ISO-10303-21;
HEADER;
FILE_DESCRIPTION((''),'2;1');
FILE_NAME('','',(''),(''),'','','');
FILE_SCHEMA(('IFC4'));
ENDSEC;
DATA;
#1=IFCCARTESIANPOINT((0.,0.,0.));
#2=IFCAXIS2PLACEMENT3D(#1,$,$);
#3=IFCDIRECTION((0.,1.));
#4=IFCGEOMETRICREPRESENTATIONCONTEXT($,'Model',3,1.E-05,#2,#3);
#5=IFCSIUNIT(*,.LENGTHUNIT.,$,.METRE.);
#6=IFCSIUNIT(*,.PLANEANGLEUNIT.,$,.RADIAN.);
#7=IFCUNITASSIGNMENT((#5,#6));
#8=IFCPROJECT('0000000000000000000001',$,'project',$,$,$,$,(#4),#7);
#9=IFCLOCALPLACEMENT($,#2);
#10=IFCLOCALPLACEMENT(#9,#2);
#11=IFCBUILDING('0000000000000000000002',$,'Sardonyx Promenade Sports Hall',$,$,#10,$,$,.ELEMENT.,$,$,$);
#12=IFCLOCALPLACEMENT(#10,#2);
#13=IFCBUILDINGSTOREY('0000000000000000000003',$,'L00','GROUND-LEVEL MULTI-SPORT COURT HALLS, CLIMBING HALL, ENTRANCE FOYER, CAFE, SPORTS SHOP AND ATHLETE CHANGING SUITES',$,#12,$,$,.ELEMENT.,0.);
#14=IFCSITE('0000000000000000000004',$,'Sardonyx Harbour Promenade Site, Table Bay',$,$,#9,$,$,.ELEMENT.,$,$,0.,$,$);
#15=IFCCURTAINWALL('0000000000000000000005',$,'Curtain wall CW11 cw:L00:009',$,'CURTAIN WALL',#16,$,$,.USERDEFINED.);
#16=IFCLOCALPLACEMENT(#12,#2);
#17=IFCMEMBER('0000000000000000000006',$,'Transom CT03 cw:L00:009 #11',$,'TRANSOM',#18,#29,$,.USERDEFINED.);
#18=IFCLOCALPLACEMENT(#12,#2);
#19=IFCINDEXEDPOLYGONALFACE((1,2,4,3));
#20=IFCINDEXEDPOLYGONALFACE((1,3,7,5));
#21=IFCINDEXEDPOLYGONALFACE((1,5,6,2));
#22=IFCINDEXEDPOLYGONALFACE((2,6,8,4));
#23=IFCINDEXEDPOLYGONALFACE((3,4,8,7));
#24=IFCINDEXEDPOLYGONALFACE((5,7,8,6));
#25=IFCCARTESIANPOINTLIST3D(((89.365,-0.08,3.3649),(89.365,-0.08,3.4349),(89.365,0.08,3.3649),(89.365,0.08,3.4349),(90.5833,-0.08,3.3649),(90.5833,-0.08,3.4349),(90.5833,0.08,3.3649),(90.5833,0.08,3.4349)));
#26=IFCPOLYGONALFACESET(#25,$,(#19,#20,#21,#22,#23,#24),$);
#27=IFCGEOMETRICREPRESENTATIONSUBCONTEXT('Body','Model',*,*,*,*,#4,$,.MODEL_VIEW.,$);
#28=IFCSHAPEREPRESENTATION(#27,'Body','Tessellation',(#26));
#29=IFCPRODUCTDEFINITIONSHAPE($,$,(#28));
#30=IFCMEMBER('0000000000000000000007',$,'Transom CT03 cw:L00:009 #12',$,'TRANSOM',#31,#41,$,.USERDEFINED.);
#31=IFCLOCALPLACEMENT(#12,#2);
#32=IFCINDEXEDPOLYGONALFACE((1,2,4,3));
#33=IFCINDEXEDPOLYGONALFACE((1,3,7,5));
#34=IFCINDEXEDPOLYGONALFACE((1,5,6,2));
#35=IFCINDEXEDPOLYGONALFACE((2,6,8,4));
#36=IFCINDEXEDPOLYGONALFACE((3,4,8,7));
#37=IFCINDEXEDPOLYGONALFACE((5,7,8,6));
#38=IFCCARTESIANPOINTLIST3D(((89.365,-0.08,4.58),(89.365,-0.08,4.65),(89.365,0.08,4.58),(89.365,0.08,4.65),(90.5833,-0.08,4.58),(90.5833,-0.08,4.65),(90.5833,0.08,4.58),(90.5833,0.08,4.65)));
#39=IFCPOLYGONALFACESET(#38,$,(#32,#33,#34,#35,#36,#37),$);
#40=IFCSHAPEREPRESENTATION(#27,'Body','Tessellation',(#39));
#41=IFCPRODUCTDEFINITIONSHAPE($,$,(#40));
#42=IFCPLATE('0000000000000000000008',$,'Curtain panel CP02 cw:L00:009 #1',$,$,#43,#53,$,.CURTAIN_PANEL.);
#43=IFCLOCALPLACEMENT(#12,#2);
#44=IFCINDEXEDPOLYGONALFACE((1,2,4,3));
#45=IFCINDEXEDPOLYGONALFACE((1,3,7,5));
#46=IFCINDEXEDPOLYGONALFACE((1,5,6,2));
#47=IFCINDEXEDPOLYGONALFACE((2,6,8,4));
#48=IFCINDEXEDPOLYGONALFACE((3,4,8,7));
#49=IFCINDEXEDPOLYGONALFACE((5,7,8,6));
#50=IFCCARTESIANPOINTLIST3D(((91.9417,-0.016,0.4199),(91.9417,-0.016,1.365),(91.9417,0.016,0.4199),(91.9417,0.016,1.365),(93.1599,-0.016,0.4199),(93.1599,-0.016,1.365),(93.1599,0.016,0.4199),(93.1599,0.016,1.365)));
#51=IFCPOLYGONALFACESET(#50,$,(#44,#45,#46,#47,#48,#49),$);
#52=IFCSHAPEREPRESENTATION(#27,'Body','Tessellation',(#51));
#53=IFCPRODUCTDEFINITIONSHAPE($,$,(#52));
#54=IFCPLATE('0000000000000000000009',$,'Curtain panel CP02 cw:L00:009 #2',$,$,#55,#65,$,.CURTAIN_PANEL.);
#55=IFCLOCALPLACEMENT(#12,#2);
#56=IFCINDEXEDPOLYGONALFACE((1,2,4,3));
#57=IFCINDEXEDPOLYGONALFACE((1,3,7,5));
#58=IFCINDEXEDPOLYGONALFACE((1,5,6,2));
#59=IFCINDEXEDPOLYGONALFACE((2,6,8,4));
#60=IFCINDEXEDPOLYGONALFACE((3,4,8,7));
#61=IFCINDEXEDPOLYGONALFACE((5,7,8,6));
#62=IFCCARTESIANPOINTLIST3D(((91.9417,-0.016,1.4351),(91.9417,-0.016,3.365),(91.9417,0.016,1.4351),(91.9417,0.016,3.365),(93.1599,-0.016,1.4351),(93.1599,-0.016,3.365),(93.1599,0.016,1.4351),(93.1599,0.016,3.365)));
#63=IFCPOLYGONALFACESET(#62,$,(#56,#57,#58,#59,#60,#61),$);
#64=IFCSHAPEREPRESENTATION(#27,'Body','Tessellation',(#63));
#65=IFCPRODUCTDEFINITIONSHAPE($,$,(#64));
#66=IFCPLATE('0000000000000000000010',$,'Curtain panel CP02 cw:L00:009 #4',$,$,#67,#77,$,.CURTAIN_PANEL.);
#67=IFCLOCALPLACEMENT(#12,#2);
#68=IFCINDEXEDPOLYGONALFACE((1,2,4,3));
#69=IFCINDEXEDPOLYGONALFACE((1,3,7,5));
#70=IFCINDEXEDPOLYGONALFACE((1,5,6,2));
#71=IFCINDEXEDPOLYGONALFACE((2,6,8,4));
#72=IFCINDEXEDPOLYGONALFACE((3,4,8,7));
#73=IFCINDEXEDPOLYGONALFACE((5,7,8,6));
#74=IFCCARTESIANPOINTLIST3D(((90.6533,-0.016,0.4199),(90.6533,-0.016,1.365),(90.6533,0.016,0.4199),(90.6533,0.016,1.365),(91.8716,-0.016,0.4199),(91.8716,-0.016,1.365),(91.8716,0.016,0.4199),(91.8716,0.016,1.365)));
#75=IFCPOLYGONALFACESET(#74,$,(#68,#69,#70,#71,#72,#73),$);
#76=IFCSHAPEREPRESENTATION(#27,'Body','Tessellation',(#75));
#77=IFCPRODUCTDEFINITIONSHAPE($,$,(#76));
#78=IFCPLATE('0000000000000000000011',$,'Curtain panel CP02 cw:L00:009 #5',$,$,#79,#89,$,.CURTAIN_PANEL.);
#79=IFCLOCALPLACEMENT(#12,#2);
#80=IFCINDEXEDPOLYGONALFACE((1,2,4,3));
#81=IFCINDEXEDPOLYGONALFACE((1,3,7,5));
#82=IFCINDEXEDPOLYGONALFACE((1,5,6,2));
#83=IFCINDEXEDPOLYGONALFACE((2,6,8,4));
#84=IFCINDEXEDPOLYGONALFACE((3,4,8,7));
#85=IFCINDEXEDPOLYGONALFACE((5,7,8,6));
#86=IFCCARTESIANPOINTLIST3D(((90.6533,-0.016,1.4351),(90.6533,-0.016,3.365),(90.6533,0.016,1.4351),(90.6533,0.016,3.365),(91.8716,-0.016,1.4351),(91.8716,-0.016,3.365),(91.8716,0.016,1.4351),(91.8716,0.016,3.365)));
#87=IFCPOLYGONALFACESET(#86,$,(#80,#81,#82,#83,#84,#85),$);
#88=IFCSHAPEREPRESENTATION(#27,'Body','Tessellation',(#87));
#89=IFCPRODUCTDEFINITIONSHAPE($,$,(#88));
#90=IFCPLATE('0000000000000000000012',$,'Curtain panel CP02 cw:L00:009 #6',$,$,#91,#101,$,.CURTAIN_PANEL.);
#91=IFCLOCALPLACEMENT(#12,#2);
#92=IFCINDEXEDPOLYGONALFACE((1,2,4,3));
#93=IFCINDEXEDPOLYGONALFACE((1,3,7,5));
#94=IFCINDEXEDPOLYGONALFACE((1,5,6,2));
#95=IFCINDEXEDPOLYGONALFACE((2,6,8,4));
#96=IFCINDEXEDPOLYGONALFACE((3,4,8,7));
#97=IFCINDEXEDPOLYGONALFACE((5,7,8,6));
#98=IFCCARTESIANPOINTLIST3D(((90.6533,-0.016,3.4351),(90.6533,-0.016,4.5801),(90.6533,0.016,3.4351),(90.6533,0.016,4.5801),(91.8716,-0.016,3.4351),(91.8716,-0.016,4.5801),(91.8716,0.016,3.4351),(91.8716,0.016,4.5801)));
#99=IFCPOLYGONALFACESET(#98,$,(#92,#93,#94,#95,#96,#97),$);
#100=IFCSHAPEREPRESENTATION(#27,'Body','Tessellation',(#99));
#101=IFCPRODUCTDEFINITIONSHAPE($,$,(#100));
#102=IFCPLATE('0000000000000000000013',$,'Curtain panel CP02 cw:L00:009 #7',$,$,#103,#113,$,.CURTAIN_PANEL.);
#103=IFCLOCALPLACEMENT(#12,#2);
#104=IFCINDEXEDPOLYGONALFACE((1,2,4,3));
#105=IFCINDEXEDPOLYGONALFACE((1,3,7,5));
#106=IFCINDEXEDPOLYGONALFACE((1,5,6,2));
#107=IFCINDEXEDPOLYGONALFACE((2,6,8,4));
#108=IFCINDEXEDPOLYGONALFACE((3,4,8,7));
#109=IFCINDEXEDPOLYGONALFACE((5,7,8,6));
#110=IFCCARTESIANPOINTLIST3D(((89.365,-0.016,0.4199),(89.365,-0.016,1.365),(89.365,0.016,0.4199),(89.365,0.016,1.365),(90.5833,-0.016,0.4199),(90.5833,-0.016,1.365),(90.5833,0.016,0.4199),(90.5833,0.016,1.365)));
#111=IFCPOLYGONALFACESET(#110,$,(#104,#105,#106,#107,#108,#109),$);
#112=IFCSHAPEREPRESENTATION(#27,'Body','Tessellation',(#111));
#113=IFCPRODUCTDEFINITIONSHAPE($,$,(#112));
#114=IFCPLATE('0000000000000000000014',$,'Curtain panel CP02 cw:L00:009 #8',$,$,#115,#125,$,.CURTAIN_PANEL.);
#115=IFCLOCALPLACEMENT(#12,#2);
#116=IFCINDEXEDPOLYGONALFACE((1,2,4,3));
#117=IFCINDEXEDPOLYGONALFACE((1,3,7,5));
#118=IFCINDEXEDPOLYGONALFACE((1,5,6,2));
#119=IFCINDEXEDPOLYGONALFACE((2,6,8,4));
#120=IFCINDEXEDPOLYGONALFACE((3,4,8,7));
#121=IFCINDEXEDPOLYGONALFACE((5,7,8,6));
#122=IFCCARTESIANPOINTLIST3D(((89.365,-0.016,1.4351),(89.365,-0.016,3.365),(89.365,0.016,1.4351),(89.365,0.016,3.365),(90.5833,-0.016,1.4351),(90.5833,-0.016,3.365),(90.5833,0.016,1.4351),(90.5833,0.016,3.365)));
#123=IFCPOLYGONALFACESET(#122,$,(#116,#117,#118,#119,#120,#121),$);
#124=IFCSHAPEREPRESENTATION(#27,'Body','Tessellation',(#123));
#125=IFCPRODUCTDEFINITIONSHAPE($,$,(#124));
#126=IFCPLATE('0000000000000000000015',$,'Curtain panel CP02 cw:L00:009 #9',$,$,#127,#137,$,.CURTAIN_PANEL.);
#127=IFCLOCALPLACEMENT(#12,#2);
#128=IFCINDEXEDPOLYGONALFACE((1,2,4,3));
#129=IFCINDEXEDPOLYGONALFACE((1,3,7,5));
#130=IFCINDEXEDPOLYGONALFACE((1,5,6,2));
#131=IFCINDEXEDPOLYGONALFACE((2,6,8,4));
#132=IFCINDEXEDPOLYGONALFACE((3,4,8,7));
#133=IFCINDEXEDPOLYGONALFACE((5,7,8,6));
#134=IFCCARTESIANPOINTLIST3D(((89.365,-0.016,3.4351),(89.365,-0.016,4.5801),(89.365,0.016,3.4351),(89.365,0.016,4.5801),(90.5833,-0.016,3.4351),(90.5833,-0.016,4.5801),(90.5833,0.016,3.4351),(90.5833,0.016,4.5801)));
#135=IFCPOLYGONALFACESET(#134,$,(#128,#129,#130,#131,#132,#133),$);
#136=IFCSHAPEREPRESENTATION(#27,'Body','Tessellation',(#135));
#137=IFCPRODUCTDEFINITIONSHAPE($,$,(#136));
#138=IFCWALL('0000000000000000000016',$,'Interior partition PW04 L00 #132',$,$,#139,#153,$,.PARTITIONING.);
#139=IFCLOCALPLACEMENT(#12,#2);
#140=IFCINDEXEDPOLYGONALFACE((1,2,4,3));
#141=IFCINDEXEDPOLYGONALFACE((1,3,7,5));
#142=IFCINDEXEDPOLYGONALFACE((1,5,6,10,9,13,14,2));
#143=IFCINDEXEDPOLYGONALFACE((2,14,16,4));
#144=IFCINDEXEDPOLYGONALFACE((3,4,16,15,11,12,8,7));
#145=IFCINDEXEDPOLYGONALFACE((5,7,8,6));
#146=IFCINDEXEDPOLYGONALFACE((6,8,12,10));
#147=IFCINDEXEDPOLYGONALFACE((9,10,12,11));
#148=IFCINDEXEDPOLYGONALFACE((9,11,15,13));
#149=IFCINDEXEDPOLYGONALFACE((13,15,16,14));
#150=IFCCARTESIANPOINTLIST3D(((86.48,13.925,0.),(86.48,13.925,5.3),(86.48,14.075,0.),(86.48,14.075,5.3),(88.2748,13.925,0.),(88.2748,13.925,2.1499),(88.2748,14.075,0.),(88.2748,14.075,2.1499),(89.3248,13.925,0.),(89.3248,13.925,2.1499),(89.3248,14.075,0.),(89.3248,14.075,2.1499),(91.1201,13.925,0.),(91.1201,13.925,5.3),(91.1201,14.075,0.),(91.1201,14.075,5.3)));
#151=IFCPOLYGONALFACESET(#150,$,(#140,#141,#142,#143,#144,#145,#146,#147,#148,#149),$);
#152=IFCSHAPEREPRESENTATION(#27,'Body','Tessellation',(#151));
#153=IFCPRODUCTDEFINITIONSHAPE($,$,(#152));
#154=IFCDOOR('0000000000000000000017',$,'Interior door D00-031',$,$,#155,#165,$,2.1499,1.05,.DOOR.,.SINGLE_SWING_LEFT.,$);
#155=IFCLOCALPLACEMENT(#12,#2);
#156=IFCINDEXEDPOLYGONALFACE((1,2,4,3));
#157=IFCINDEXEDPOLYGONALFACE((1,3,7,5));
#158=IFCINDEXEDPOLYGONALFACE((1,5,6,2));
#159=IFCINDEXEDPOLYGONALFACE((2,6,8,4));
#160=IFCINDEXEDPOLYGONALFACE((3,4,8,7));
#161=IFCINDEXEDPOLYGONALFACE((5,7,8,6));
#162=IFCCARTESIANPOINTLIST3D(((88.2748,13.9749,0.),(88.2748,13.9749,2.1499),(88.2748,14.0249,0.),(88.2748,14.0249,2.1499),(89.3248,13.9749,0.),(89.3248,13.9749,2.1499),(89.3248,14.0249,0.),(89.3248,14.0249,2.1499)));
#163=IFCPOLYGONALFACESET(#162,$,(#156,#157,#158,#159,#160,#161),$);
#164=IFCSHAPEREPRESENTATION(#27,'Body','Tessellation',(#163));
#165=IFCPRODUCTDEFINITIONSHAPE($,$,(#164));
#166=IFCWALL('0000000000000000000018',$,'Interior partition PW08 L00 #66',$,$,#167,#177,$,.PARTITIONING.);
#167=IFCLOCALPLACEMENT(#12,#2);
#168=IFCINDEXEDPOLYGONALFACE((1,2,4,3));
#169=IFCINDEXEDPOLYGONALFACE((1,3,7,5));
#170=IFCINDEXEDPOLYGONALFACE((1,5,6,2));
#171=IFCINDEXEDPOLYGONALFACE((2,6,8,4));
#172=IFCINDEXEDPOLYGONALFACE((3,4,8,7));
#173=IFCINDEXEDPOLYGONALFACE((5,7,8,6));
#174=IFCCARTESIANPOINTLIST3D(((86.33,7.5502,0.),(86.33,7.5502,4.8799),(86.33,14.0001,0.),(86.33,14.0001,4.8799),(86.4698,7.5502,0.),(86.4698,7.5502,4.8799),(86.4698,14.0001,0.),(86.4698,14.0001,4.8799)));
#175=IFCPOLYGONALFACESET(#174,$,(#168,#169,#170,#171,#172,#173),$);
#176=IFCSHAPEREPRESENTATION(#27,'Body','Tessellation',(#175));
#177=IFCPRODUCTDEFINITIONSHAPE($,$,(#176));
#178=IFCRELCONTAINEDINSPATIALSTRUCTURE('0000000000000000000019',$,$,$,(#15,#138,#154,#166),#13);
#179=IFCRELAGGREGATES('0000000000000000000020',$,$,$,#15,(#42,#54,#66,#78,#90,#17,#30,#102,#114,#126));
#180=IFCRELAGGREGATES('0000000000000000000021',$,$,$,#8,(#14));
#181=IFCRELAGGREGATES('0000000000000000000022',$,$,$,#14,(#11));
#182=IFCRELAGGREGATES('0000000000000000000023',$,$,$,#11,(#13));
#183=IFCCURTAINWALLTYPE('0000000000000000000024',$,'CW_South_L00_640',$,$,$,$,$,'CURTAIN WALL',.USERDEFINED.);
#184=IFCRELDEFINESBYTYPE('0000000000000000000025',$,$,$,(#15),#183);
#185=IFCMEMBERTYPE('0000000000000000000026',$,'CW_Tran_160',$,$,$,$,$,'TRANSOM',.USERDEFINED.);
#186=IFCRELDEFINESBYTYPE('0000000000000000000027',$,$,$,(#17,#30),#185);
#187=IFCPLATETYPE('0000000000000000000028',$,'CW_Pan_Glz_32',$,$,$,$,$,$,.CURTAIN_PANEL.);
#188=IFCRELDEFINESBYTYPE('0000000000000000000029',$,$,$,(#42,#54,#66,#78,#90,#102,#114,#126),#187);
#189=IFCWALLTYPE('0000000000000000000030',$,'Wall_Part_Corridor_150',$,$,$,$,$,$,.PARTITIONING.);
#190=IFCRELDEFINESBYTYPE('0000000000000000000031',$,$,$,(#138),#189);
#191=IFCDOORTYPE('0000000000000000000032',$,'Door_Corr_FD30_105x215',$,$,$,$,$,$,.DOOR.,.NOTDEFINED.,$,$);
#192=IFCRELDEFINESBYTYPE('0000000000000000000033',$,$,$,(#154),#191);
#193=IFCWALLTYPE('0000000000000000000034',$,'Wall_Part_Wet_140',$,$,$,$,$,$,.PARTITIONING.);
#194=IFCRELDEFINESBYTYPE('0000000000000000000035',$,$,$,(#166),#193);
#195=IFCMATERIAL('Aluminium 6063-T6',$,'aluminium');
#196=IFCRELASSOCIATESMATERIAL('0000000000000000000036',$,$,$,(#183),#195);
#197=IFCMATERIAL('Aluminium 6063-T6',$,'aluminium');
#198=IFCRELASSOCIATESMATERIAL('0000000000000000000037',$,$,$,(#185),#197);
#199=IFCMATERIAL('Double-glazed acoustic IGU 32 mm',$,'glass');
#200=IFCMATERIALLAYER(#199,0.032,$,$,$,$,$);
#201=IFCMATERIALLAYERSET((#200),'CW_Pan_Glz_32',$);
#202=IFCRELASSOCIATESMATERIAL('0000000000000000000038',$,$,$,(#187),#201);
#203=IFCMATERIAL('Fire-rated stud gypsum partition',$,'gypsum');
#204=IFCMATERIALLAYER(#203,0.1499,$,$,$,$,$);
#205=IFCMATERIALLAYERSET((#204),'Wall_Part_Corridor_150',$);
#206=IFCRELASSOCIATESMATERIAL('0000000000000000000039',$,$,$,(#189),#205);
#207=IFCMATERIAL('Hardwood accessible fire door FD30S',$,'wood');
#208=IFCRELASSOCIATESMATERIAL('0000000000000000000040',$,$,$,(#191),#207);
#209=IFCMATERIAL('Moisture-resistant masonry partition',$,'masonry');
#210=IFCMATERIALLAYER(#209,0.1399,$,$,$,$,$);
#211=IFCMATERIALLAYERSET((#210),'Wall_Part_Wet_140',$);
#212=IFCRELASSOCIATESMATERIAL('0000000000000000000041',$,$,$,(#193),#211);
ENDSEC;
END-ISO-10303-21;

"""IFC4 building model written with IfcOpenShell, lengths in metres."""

from ifc_helpers import new_model, si_unit, direction, frame, frame_2d, origin, origin_2d, place, context, subcontext, project, spatial, rectangle, extrude, material, layer, layer_set, material_profile, profile_set, type_object, element, fill, aggregate, save


model = new_model("IFC4")

# Units and contexts
model_context = context("Model", 3, precision=1e-05, world=origin(), true_north=direction((0.0, 1.0)))
body_context = subcontext(model_context, "Body", "Model", "MODEL_VIEW")
ifc_project = project(units=[si_unit("LENGTHUNIT", "METRE"), si_unit("PLANEANGLEUNIT", "RADIAN")], contexts=[model_context])

# Site, building, storey
site_placement = place(None, origin())
site = spatial("IfcSite", under=ifc_project, at=site_placement, Name="Sardonyx Harbour Promenade Site, Table Bay", CompositionType="ELEMENT", RefElevation=0.0)
building_placement = place(site_placement, origin())
building = spatial("IfcBuilding", under=site, at=building_placement, Name="Sardonyx Promenade Sports Hall", CompositionType="ELEMENT")
storey_placement = place(building_placement, origin())
storey = spatial("IfcBuildingStorey", under=building, at=storey_placement, Name="L00", Description="GROUND-LEVEL MULTI-SPORT COURT HALLS, CLIMBING HALL, ENTRANCE FOYER, CAFE, SPORTS SHOP AND ATHLETE CHANGING SUITES", CompositionType="ELEMENT", Elevation=0.0)

# Curtain wall, members, plates
ifc_material_1 = material(Name="Aluminium 6063-T6", Category="aluminium")
curtain_wall_type = type_object("IfcCurtainWallType", Name="CW_South_L00_640", ElementType="CURTAIN WALL", PredefinedType="USERDEFINED", material=ifc_material_1)
curtain_wall_placement = place(storey_placement, origin())
curtain_wall = element("IfcCurtainWall", 1, at=curtain_wall_placement, inside=storey, type_object=curtain_wall_type, Name="Curtain wall CW11 cw:L00:009", ObjectType="CURTAIN WALL", PredefinedType="USERDEFINED")
ifc_material_2 = material(Name="Aluminium 6063-T6", Category="aluminium")
ifc_material_profile_1 = material_profile(ifc_material_2, rectangle(XDim=0.0701, YDim=0.1599, at=origin_2d()))
ifc_profile_set_1 = profile_set([ifc_material_profile_1], Name="Aluminium 6063-T6")
member_type_1 = type_object("IfcMemberType", Name="CW_Tran_160", ElementType="TRANSOM", PredefinedType="USERDEFINED", material=ifc_profile_set_1)
member_1_placement = place(storey_placement, frame((90.5833, 0.0, 3.3999), z_axis=(-1.0, 0.0, 0.0), x_axis=(0.0, 0.0, 1.0)))
member_1 = element("IfcMember", 2, at=member_1_placement, type_object=member_type_1, Name="Transom CT03 cw:L00:009 #11", ObjectType="TRANSOM", PredefinedType="USERDEFINED", context=body_context, shape_type="SweptSolid", body=[
    extrude(rectangle(XDim=0.0701, YDim=0.1599, at=origin_2d()), origin(), (0.0, 0.0, 1.0), 1.2183),
])
member_2_placement = place(storey_placement, frame((90.5833, 0.0, 4.615), z_axis=(-1.0, 0.0, 0.0), x_axis=(0.0, 0.0, 1.0)))
member_2 = element("IfcMember", 3, at=member_2_placement, type_object=member_type_1, Name="Transom CT03 cw:L00:009 #12", ObjectType="TRANSOM", PredefinedType="USERDEFINED", context=body_context, shape_type="SweptSolid", body=[
    extrude(rectangle(XDim=0.0701, YDim=0.1599, at=origin_2d()), origin(), (0.0, 0.0, 1.0), 1.2183),
])
ifc_material_3 = material(Name="Double-glazed acoustic IGU 32 mm", Category="glass")
ifc_layer_1 = layer(ifc_material_3, 0.032)
ifc_layer_set_1 = layer_set([ifc_layer_1], Name="CW_Pan_Glz_32")
plate_type = type_object("IfcPlateType", Name="CW_Pan_Glz_32", PredefinedType="CURTAIN_PANEL", material=ifc_layer_set_1)
plate_1_placement = place(storey_placement, frame((92.5508, 0.0, 0.4199), z_axis=(0.0, 0.0, 1.0), x_axis=(-1.0, 0.0, 0.0)))
plate_1 = element("IfcPlate", 4, at=plate_1_placement, type_object=plate_type, Name="Curtain panel CP02 cw:L00:009 #1", PredefinedType="CURTAIN_PANEL", context=body_context, shape_type="SweptSolid", body=[
    extrude(rectangle(XDim=1.2183, YDim=0.032, at=origin_2d()), origin(), (0.0, 0.0, 1.0), 0.9451),
])
plate_2_placement = place(storey_placement, frame((92.5508, 0.0, 1.4351), z_axis=(0.0, 0.0, 1.0), x_axis=(-1.0, 0.0, 0.0)))
plate_2 = element("IfcPlate", 5, at=plate_2_placement, type_object=plate_type, Name="Curtain panel CP02 cw:L00:009 #2", PredefinedType="CURTAIN_PANEL", context=body_context, shape_type="SweptSolid", body=[
    extrude(rectangle(XDim=1.2183, YDim=0.032, at=origin_2d()), origin(), (0.0, 0.0, 1.0), 1.9299),
])
plate_3_placement = place(storey_placement, frame((91.2625, 0.0, 0.4199), z_axis=(0.0, 0.0, 1.0), x_axis=(-1.0, 0.0, 0.0)))
plate_3 = element("IfcPlate", 6, at=plate_3_placement, type_object=plate_type, Name="Curtain panel CP02 cw:L00:009 #4", PredefinedType="CURTAIN_PANEL", context=body_context, shape_type="SweptSolid", body=[
    extrude(rectangle(XDim=1.2183, YDim=0.032, at=origin_2d()), origin(), (0.0, 0.0, 1.0), 0.9451),
])
plate_4_placement = place(storey_placement, frame((91.2625, 0.0, 1.4351), z_axis=(0.0, 0.0, 1.0), x_axis=(-1.0, 0.0, 0.0)))
plate_4 = element("IfcPlate", 7, at=plate_4_placement, type_object=plate_type, Name="Curtain panel CP02 cw:L00:009 #5", PredefinedType="CURTAIN_PANEL", context=body_context, shape_type="SweptSolid", body=[
    extrude(rectangle(XDim=1.2183, YDim=0.032, at=origin_2d()), origin(), (0.0, 0.0, 1.0), 1.9299),
])
plate_5_placement = place(storey_placement, frame((91.2625, 0.0, 3.4351), z_axis=(0.0, 0.0, 1.0), x_axis=(-1.0, 0.0, 0.0)))
plate_5 = element("IfcPlate", 8, at=plate_5_placement, type_object=plate_type, Name="Curtain panel CP02 cw:L00:009 #6", PredefinedType="CURTAIN_PANEL", context=body_context, shape_type="SweptSolid", body=[
    extrude(rectangle(XDim=1.2183, YDim=0.032, at=origin_2d()), origin(), (0.0, 0.0, 1.0), 1.145),
])
plate_6_placement = place(storey_placement, frame((89.9741, 0.0, 0.4199), z_axis=(0.0, 0.0, 1.0), x_axis=(-1.0, 0.0, 0.0)))
plate_6 = element("IfcPlate", 9, at=plate_6_placement, type_object=plate_type, Name="Curtain panel CP02 cw:L00:009 #7", PredefinedType="CURTAIN_PANEL", context=body_context, shape_type="SweptSolid", body=[
    extrude(rectangle(XDim=1.2183, YDim=0.032, at=origin_2d()), origin(), (0.0, 0.0, 1.0), 0.9451),
])
plate_7_placement = place(storey_placement, frame((89.9741, 0.0, 1.4351), z_axis=(0.0, 0.0, 1.0), x_axis=(-1.0, 0.0, 0.0)))
plate_7 = element("IfcPlate", 10, at=plate_7_placement, type_object=plate_type, Name="Curtain panel CP02 cw:L00:009 #8", PredefinedType="CURTAIN_PANEL", context=body_context, shape_type="SweptSolid", body=[
    extrude(rectangle(XDim=1.2183, YDim=0.032, at=origin_2d()), origin(), (0.0, 0.0, 1.0), 1.9299),
])
plate_8_placement = place(storey_placement, frame((89.9741, 0.0, 3.4351), z_axis=(0.0, 0.0, 1.0), x_axis=(-1.0, 0.0, 0.0)))
plate_8 = element("IfcPlate", 11, at=plate_8_placement, type_object=plate_type, Name="Curtain panel CP02 cw:L00:009 #9", PredefinedType="CURTAIN_PANEL", context=body_context, shape_type="SweptSolid", body=[
    extrude(rectangle(XDim=1.2183, YDim=0.032, at=origin_2d()), origin(), (0.0, 0.0, 1.0), 1.145),
])
aggregate(curtain_wall, [plate_1, plate_2, plate_3, plate_4, plate_5, member_1, member_2, plate_6, plate_7, plate_8])

# Wall, opening, door
ifc_material_4 = material(Name="Fire-rated stud gypsum partition", Category="gypsum")
ifc_layer_2 = layer(ifc_material_4, 0.1499)
ifc_layer_set_2 = layer_set([ifc_layer_2], Name="Wall_Part_Corridor_150")
wall_type_1 = type_object("IfcWallType", Name="Wall_Part_Corridor_150", PredefinedType="PARTITIONING", material=ifc_layer_set_2)
wall_1_placement = place(storey_placement, frame((86.48, 14.0, 0.0), z_axis=(0.0, 0.0, 1.0), x_axis=(1.0, 0.0, 0.0)))
wall_1 = element("IfcWall", 12, at=wall_1_placement, inside=storey, type_object=wall_type_1, Name="Interior partition PW04 L00 #132", PredefinedType="PARTITIONING", context=body_context, shape_type="SweptSolid", body=[
    extrude(rectangle(XDim=4.6401, YDim=0.1499, at=frame_2d((2.3201, 0.0))), origin(), (0.0, 0.0, 1.0), 5.3),
])
opening_1_placement = place(wall_1_placement, frame((1.7949, 0.0, 0.0)))
opening_1 = element("IfcOpeningElement", 13, at=opening_1_placement, cuts=wall_1, PredefinedType="OPENING", context=body_context, shape_type="SweptSolid", body=[
    extrude(rectangle(XDim=1.05, YDim=2.1499, at=frame_2d((0.5249, 1.075))), frame((0.0, 0.085, 0.0), z_axis=(0.0, -1.0, 0.0), x_axis=(1.0, 0.0, 0.0)), (0.0, 0.0, 1.0), 0.17),
])
ifc_material_5 = material(Name="Hardwood accessible fire door FD30S", Category="wood")
door_type_1 = type_object("IfcDoorType", Name="Door_Corr_FD30_105x215", OperationType="NOTDEFINED", PredefinedType="DOOR", material=ifc_material_5)
door_1_placement = place(opening_1_placement, origin())
door_1 = element("IfcDoor", 14, at=door_1_placement, inside=storey, type_object=door_type_1, Name="Interior door D00-031", OperationType="SINGLE_SWING_LEFT", OverallHeight=2.1499, OverallWidth=1.05, PredefinedType="DOOR", context=body_context, shape_type="SweptSolid", body=[
    extrude(rectangle(XDim=1.05, YDim=2.1499, at=frame_2d((0.5249, 1.075))), frame((0.0, 0.0249, 0.0), z_axis=(0.0, -1.0, 0.0), x_axis=(1.0, 0.0, 0.0)), (0.0, 0.0, 1.0), 0.05),
])
fill(opening_1, door_1)

# Wall
ifc_material_6 = material(Name="Moisture-resistant masonry partition", Category="masonry")
ifc_layer_3 = layer(ifc_material_6, 0.1399)
ifc_layer_set_3 = layer_set([ifc_layer_3], Name="Wall_Part_Wet_140")
wall_type_2 = type_object("IfcWallType", Name="Wall_Part_Wet_140", PredefinedType="PARTITIONING", material=ifc_layer_set_3)
wall_2_placement = place(storey_placement, frame((86.3999, 7.55, 0.0), z_axis=(0.0, 0.0, 1.0), x_axis=(0.0, 1.0, 0.0)))
element("IfcWall", 15, at=wall_2_placement, inside=storey, type_object=wall_type_2, Name="Interior partition PW08 L00 #66", PredefinedType="PARTITIONING", context=body_context, shape_type="SweptSolid", body=[
    extrude(rectangle(XDim=6.45, YDim=0.1399, at=frame_2d((3.2251, 0.0))), origin(), (0.0, 0.0, 1.0), 4.8799),
])

save(model, "model.ifc")
